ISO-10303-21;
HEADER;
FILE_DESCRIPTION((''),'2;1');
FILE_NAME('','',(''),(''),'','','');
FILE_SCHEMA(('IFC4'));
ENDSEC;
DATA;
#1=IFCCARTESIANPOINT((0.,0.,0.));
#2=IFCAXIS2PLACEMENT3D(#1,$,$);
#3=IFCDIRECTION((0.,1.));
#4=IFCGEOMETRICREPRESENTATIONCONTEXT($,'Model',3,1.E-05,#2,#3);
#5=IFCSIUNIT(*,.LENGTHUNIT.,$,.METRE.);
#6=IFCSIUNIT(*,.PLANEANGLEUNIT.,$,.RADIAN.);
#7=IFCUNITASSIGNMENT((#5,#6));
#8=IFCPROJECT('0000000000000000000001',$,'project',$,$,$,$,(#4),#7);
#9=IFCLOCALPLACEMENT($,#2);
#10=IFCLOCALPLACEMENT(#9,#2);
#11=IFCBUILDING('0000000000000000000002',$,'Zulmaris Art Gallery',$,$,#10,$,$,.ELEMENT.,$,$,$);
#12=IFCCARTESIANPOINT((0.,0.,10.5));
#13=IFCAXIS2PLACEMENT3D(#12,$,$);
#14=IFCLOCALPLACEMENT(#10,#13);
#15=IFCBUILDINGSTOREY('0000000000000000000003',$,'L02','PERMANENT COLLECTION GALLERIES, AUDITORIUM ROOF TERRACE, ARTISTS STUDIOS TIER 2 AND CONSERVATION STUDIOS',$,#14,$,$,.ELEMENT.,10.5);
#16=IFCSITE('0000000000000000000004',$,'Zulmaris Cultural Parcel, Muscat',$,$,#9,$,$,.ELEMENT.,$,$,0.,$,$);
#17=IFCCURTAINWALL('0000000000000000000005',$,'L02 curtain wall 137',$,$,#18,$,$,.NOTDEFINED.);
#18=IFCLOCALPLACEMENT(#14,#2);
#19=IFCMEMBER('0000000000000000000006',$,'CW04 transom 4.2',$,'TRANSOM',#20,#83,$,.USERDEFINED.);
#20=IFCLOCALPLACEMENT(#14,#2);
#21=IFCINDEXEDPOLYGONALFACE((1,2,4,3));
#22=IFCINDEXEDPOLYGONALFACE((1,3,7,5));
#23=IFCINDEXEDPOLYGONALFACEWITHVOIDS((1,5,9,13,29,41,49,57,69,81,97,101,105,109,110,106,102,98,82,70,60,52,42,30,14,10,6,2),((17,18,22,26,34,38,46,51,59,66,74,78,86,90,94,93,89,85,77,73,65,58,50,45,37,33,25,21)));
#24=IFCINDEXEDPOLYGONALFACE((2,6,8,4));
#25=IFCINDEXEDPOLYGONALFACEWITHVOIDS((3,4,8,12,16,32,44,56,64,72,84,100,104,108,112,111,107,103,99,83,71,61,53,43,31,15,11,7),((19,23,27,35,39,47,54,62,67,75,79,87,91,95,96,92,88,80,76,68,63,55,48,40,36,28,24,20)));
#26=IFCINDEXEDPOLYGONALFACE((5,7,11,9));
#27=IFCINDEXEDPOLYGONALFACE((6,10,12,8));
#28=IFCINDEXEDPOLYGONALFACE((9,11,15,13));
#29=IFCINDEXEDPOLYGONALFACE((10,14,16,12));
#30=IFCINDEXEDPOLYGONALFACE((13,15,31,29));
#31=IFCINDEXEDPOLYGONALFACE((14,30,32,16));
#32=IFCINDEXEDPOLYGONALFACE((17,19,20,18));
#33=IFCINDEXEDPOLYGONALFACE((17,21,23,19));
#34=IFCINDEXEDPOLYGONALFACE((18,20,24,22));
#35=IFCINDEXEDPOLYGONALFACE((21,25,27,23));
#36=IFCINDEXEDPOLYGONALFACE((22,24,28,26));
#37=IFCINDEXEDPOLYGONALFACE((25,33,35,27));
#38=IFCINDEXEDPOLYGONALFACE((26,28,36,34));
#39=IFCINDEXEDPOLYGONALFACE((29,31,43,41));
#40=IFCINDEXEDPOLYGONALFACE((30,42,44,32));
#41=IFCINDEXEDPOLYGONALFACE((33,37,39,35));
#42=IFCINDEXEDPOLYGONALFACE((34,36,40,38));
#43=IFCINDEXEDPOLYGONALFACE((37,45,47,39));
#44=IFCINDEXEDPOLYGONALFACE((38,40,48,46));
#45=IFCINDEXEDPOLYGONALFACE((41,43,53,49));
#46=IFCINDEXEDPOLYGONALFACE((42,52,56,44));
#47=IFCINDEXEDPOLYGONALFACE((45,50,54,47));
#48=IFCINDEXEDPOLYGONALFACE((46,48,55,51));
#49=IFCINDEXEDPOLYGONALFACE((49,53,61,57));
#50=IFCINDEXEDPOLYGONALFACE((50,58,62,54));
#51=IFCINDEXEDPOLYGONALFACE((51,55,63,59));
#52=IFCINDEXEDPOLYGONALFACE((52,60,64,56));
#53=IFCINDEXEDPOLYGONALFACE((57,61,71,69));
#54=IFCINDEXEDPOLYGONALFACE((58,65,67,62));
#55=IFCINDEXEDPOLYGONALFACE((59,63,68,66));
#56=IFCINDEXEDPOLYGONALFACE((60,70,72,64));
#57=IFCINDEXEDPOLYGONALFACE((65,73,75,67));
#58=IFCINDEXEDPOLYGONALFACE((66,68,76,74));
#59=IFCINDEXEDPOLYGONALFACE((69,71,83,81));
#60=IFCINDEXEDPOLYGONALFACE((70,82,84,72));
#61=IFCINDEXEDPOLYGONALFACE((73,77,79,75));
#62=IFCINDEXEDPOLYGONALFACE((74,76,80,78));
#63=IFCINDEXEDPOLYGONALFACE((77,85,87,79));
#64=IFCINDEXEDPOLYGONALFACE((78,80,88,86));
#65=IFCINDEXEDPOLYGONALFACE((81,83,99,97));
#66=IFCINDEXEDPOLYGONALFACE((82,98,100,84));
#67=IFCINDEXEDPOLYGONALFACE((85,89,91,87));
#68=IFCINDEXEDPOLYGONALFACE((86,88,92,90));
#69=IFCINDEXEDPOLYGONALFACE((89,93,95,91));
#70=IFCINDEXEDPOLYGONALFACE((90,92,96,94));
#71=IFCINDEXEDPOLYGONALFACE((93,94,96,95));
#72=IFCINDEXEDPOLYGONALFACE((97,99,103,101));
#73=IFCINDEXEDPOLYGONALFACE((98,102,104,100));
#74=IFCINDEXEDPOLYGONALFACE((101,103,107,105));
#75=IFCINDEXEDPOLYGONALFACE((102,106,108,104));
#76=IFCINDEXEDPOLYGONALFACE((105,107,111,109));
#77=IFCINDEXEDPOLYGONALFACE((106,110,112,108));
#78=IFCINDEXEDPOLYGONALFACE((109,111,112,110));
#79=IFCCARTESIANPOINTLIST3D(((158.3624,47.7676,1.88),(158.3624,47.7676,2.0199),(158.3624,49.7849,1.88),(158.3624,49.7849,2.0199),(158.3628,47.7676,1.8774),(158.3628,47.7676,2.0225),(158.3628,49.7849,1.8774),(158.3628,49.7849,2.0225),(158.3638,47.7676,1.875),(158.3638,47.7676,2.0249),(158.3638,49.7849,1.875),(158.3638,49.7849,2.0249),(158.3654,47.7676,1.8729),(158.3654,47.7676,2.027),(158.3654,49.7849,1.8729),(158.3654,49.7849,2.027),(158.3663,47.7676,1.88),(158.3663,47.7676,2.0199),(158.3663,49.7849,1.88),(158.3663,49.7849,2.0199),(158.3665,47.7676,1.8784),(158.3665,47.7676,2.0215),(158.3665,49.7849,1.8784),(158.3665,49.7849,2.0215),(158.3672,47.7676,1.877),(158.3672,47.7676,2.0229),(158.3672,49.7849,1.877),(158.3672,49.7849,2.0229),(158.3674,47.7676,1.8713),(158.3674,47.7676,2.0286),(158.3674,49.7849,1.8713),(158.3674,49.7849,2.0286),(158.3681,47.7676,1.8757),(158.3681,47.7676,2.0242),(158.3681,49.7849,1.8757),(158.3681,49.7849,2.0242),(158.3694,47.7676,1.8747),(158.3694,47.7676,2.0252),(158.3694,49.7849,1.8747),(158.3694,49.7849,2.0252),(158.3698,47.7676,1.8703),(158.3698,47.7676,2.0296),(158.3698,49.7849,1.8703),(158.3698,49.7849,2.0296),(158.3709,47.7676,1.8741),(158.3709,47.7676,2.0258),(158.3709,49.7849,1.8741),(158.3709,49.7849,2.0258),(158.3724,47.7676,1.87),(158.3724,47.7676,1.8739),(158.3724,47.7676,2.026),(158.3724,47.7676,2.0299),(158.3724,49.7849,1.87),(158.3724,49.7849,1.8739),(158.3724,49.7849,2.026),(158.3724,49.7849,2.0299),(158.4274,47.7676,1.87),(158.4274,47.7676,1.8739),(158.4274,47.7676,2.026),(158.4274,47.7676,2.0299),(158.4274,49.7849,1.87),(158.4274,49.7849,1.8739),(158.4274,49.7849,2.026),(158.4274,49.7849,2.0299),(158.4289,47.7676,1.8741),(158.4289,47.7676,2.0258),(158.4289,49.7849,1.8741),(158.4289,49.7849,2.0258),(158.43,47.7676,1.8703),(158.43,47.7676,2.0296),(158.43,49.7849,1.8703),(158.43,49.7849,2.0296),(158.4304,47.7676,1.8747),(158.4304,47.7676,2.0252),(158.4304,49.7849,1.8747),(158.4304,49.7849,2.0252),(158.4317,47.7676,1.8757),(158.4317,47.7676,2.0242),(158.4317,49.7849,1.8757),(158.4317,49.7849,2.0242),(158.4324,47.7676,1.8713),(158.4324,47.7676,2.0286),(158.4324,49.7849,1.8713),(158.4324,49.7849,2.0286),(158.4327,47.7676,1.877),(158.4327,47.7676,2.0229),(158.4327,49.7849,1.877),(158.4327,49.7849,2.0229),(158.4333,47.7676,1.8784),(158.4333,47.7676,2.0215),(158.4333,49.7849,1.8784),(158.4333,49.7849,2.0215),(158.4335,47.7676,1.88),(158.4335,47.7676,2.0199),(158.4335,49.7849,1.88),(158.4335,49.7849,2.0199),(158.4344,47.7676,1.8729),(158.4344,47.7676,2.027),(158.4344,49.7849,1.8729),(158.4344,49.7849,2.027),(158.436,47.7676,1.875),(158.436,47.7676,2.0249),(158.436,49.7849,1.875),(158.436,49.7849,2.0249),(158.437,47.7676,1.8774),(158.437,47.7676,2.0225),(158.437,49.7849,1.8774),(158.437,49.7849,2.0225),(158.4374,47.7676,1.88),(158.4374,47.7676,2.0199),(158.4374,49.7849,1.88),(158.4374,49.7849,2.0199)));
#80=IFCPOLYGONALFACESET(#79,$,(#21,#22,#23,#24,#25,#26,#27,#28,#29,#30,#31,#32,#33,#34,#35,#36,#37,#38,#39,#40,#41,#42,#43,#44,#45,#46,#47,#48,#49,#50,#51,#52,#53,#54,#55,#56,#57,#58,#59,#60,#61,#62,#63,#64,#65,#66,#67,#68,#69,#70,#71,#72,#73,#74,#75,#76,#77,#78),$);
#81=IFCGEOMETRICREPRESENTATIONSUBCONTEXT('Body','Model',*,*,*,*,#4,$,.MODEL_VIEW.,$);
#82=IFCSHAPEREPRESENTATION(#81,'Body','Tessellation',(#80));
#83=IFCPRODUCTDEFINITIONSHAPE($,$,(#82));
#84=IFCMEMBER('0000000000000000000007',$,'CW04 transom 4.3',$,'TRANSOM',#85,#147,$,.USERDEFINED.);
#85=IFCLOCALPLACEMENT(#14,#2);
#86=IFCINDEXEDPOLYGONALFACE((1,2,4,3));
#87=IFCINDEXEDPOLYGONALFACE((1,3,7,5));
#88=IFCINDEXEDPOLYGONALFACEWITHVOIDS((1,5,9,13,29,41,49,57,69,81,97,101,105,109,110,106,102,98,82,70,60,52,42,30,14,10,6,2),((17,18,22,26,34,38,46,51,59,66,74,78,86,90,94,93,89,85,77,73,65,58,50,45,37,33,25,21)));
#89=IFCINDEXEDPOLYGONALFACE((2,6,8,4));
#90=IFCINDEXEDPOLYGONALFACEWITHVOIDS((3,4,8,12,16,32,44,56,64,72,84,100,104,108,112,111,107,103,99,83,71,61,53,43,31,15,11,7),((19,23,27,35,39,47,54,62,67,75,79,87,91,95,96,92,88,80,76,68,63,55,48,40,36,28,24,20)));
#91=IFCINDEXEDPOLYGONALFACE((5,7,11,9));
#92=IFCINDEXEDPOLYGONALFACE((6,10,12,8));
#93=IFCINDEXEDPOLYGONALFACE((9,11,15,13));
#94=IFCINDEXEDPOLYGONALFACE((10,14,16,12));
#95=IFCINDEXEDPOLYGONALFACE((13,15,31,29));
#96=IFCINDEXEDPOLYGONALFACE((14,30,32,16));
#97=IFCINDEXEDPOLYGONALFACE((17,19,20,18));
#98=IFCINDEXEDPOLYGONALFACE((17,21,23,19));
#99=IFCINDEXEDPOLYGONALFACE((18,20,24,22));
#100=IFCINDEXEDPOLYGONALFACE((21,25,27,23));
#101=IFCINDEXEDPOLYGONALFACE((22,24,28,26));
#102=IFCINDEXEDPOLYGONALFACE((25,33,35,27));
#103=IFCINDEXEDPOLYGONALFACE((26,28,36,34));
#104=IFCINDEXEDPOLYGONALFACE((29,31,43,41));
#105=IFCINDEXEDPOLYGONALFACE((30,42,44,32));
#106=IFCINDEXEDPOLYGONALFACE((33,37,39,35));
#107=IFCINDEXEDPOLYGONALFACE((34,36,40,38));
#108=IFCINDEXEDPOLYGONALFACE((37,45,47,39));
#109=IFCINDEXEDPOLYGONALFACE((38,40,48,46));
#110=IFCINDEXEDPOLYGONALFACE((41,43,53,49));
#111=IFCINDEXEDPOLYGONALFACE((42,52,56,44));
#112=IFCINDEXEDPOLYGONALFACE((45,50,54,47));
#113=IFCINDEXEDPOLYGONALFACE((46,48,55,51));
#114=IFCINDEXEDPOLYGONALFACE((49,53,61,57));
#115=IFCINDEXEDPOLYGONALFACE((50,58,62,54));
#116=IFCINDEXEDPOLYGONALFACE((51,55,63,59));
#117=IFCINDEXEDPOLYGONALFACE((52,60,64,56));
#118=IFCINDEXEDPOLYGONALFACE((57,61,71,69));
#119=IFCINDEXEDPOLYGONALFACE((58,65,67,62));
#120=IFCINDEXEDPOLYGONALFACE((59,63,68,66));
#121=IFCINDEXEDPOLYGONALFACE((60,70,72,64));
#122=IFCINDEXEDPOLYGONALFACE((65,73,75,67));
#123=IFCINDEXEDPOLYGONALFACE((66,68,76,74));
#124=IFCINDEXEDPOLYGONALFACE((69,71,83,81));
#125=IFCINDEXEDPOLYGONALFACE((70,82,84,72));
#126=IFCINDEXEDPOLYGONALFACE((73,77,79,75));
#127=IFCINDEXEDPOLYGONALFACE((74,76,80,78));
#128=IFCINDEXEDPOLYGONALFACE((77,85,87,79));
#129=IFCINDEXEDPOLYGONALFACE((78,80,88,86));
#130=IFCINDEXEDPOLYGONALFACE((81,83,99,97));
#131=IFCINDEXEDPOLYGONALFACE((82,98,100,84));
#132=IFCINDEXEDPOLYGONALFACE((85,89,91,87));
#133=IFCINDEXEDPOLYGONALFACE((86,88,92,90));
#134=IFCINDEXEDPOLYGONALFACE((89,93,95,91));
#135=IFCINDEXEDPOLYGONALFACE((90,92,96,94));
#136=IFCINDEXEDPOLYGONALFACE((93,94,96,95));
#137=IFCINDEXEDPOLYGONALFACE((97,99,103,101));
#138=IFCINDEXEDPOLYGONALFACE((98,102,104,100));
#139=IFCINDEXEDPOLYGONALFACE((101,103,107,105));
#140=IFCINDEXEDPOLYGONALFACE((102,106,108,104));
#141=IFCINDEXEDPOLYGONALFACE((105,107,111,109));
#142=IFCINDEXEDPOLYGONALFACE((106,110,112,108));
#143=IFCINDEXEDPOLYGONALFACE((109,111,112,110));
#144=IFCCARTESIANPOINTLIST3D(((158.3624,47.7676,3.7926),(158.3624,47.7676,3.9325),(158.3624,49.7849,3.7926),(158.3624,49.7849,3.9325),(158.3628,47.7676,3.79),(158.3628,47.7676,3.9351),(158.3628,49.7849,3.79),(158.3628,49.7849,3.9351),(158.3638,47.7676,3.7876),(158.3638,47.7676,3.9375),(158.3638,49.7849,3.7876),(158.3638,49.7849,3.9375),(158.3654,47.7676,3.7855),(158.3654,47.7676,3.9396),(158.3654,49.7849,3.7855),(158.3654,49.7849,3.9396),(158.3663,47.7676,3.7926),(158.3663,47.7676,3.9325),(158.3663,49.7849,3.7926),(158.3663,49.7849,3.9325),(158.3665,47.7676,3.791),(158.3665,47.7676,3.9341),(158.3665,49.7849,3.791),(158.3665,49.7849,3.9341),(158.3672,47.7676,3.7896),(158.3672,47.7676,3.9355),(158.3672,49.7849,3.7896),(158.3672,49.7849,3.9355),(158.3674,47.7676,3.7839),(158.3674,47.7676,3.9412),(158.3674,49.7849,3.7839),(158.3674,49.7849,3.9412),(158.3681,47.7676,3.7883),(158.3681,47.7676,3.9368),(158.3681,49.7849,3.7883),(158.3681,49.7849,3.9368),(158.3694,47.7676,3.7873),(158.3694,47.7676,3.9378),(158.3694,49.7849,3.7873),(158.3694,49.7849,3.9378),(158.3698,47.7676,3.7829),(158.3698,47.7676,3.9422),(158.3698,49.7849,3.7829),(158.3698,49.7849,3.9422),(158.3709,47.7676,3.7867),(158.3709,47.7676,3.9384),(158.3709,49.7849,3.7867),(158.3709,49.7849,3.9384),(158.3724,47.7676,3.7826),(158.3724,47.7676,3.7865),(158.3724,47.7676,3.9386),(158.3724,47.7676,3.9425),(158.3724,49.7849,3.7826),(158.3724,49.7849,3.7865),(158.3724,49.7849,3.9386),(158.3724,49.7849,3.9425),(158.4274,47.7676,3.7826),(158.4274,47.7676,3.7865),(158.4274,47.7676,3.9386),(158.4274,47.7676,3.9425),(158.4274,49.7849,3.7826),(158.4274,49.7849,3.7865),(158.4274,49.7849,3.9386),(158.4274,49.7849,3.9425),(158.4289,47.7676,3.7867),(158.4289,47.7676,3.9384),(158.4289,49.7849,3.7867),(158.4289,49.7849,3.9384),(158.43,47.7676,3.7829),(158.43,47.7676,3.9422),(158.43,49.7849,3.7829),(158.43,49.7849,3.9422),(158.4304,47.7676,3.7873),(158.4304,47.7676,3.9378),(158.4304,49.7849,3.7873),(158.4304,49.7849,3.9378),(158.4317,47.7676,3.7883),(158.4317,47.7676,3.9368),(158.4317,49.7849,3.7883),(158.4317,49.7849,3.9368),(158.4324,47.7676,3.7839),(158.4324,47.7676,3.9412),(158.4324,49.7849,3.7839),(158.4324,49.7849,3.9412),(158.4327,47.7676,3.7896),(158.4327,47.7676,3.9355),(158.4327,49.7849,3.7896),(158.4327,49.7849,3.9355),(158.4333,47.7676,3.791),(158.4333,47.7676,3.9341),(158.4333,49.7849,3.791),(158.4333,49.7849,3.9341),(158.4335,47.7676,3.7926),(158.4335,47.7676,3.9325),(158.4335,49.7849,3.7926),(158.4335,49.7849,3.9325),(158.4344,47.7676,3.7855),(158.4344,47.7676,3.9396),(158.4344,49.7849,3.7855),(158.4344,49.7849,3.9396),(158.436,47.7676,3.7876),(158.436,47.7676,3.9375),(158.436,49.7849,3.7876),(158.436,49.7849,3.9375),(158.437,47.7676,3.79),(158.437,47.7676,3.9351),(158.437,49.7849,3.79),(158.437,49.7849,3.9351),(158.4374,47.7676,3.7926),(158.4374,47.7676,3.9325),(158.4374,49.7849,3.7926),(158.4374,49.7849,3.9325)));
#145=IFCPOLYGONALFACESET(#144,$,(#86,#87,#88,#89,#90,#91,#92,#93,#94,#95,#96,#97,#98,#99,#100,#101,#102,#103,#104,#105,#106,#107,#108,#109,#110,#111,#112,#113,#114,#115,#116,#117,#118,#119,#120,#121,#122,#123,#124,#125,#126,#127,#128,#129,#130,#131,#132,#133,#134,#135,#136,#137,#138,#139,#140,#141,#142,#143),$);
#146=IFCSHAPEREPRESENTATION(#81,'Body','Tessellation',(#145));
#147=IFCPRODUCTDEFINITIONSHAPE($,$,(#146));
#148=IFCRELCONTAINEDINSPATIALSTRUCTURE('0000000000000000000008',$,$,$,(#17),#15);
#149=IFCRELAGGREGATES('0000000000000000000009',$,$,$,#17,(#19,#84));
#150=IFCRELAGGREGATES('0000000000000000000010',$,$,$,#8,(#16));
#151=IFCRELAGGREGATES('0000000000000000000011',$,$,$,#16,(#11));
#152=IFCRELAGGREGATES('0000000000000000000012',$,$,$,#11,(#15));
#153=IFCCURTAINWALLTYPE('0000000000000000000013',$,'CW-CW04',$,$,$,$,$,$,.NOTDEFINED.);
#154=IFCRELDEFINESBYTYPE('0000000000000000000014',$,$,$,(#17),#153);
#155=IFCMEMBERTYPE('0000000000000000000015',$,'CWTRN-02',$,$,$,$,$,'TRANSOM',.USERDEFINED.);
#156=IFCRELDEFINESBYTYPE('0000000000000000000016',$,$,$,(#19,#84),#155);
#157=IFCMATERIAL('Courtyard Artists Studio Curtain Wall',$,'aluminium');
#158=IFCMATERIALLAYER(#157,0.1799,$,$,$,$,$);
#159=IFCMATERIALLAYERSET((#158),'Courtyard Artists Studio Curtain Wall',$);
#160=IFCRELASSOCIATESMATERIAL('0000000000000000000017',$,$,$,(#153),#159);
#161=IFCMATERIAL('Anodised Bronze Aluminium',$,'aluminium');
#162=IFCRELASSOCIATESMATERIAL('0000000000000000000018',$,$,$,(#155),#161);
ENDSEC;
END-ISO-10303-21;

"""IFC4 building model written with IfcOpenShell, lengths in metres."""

from ifc_helpers import new_model, si_unit, direction, frame, origin, origin_2d, place, context, subcontext, project, spatial, hollow_rectangle, extrude, material, layer, layer_set, material_profile, profile_set, type_object, element, aggregate, save


model = new_model("IFC4")

# Units and contexts
model_context = context("Model", 3, precision=1e-05, world=origin(), true_north=direction((0.0, 1.0)))
body_context = subcontext(model_context, "Body", "Model", "MODEL_VIEW")
ifc_project = project(units=[si_unit("LENGTHUNIT", "METRE"), si_unit("PLANEANGLEUNIT", "RADIAN")], contexts=[model_context])

# Site, building, storey
site_placement = place(None, origin())
site = spatial("IfcSite", under=ifc_project, at=site_placement, Name="Zulmaris Cultural Parcel, Muscat", CompositionType="ELEMENT", RefElevation=0.0)
building_placement = place(site_placement, origin())
building = spatial("IfcBuilding", under=site, at=building_placement, Name="Zulmaris Art Gallery", CompositionType="ELEMENT")
storey_placement = place(building_placement, frame((0.0, 0.0, 10.5)))
storey = spatial("IfcBuildingStorey", under=building, at=storey_placement, Name="L02", Description="PERMANENT COLLECTION GALLERIES, AUDITORIUM ROOF TERRACE, ARTISTS STUDIOS TIER 2 AND CONSERVATION STUDIOS", CompositionType="ELEMENT", Elevation=10.5)

# Curtain wall
ifc_material_1 = material(Name="Courtyard Artists Studio Curtain Wall", Category="aluminium")
ifc_layer_1 = layer(ifc_material_1, 0.1799)
ifc_layer_set_1 = layer_set([ifc_layer_1], Name="Courtyard Artists Studio Curtain Wall")
curtain_wall_type = type_object("IfcCurtainWallType", Name="CW-CW04", PredefinedType="NOTDEFINED", material=ifc_layer_set_1)
curtain_wall_1_placement = place(storey_placement, origin())
curtain_wall_1 = element("IfcCurtainWall", 1, at=curtain_wall_1_placement, inside=storey, type_object=curtain_wall_type, Name="L02 curtain wall 137", PredefinedType="NOTDEFINED")
ifc_material_2 = material(Name="Anodised Bronze Aluminium", Category="aluminium")

# Members
ifc_material_profile_1 = material_profile(ifc_material_2, hollow_rectangle(XDim=0.075, YDim=0.1599, WallThickness=0.0039, InnerFilletRadius=0.0061, OuterFilletRadius=0.01, at=origin_2d()), Name="ALU 75x160x4")
ifc_profile_set_1 = profile_set([ifc_material_profile_1], Name="Anodised Bronze Aluminium")
member_type_1 = type_object("IfcMemberType", Name="CWTRN-02", ElementType="TRANSOM", PredefinedType="USERDEFINED", material=ifc_profile_set_1)
member_1_placement = place(storey_placement, frame((158.3999, 47.7676, 1.95), z_axis=(0.0, 1.0, 0.0), x_axis=(-1.0, 0.0, 0.0)))
member_1 = element("IfcMember", 2, at=member_1_placement, type_object=member_type_1, Name="CW04 transom 4.2", ObjectType="TRANSOM", PredefinedType="USERDEFINED", context=body_context, shape_type="SweptSolid", body=[
    extrude(hollow_rectangle(XDim=0.075, YDim=0.1599, WallThickness=0.0039, InnerFilletRadius=0.0061, OuterFilletRadius=0.01, at=origin_2d()), origin(), (0.0, 0.0, 1.0), 2.0173),
])
member_2_placement = place(storey_placement, frame((158.3999, 47.7676, 3.8625), z_axis=(0.0, 1.0, 0.0), x_axis=(-1.0, 0.0, 0.0)))
member_2 = element("IfcMember", 3, at=member_2_placement, type_object=member_type_1, Name="CW04 transom 4.3", ObjectType="TRANSOM", PredefinedType="USERDEFINED", context=body_context, shape_type="SweptSolid", body=[
    extrude(hollow_rectangle(XDim=0.075, YDim=0.1599, WallThickness=0.0039, InnerFilletRadius=0.0061, OuterFilletRadius=0.01, at=origin_2d()), origin(), (0.0, 0.0, 1.0), 2.0173),
])

aggregate(curtain_wall_1, [member_1, member_2])

save(model, "model.ifc")
